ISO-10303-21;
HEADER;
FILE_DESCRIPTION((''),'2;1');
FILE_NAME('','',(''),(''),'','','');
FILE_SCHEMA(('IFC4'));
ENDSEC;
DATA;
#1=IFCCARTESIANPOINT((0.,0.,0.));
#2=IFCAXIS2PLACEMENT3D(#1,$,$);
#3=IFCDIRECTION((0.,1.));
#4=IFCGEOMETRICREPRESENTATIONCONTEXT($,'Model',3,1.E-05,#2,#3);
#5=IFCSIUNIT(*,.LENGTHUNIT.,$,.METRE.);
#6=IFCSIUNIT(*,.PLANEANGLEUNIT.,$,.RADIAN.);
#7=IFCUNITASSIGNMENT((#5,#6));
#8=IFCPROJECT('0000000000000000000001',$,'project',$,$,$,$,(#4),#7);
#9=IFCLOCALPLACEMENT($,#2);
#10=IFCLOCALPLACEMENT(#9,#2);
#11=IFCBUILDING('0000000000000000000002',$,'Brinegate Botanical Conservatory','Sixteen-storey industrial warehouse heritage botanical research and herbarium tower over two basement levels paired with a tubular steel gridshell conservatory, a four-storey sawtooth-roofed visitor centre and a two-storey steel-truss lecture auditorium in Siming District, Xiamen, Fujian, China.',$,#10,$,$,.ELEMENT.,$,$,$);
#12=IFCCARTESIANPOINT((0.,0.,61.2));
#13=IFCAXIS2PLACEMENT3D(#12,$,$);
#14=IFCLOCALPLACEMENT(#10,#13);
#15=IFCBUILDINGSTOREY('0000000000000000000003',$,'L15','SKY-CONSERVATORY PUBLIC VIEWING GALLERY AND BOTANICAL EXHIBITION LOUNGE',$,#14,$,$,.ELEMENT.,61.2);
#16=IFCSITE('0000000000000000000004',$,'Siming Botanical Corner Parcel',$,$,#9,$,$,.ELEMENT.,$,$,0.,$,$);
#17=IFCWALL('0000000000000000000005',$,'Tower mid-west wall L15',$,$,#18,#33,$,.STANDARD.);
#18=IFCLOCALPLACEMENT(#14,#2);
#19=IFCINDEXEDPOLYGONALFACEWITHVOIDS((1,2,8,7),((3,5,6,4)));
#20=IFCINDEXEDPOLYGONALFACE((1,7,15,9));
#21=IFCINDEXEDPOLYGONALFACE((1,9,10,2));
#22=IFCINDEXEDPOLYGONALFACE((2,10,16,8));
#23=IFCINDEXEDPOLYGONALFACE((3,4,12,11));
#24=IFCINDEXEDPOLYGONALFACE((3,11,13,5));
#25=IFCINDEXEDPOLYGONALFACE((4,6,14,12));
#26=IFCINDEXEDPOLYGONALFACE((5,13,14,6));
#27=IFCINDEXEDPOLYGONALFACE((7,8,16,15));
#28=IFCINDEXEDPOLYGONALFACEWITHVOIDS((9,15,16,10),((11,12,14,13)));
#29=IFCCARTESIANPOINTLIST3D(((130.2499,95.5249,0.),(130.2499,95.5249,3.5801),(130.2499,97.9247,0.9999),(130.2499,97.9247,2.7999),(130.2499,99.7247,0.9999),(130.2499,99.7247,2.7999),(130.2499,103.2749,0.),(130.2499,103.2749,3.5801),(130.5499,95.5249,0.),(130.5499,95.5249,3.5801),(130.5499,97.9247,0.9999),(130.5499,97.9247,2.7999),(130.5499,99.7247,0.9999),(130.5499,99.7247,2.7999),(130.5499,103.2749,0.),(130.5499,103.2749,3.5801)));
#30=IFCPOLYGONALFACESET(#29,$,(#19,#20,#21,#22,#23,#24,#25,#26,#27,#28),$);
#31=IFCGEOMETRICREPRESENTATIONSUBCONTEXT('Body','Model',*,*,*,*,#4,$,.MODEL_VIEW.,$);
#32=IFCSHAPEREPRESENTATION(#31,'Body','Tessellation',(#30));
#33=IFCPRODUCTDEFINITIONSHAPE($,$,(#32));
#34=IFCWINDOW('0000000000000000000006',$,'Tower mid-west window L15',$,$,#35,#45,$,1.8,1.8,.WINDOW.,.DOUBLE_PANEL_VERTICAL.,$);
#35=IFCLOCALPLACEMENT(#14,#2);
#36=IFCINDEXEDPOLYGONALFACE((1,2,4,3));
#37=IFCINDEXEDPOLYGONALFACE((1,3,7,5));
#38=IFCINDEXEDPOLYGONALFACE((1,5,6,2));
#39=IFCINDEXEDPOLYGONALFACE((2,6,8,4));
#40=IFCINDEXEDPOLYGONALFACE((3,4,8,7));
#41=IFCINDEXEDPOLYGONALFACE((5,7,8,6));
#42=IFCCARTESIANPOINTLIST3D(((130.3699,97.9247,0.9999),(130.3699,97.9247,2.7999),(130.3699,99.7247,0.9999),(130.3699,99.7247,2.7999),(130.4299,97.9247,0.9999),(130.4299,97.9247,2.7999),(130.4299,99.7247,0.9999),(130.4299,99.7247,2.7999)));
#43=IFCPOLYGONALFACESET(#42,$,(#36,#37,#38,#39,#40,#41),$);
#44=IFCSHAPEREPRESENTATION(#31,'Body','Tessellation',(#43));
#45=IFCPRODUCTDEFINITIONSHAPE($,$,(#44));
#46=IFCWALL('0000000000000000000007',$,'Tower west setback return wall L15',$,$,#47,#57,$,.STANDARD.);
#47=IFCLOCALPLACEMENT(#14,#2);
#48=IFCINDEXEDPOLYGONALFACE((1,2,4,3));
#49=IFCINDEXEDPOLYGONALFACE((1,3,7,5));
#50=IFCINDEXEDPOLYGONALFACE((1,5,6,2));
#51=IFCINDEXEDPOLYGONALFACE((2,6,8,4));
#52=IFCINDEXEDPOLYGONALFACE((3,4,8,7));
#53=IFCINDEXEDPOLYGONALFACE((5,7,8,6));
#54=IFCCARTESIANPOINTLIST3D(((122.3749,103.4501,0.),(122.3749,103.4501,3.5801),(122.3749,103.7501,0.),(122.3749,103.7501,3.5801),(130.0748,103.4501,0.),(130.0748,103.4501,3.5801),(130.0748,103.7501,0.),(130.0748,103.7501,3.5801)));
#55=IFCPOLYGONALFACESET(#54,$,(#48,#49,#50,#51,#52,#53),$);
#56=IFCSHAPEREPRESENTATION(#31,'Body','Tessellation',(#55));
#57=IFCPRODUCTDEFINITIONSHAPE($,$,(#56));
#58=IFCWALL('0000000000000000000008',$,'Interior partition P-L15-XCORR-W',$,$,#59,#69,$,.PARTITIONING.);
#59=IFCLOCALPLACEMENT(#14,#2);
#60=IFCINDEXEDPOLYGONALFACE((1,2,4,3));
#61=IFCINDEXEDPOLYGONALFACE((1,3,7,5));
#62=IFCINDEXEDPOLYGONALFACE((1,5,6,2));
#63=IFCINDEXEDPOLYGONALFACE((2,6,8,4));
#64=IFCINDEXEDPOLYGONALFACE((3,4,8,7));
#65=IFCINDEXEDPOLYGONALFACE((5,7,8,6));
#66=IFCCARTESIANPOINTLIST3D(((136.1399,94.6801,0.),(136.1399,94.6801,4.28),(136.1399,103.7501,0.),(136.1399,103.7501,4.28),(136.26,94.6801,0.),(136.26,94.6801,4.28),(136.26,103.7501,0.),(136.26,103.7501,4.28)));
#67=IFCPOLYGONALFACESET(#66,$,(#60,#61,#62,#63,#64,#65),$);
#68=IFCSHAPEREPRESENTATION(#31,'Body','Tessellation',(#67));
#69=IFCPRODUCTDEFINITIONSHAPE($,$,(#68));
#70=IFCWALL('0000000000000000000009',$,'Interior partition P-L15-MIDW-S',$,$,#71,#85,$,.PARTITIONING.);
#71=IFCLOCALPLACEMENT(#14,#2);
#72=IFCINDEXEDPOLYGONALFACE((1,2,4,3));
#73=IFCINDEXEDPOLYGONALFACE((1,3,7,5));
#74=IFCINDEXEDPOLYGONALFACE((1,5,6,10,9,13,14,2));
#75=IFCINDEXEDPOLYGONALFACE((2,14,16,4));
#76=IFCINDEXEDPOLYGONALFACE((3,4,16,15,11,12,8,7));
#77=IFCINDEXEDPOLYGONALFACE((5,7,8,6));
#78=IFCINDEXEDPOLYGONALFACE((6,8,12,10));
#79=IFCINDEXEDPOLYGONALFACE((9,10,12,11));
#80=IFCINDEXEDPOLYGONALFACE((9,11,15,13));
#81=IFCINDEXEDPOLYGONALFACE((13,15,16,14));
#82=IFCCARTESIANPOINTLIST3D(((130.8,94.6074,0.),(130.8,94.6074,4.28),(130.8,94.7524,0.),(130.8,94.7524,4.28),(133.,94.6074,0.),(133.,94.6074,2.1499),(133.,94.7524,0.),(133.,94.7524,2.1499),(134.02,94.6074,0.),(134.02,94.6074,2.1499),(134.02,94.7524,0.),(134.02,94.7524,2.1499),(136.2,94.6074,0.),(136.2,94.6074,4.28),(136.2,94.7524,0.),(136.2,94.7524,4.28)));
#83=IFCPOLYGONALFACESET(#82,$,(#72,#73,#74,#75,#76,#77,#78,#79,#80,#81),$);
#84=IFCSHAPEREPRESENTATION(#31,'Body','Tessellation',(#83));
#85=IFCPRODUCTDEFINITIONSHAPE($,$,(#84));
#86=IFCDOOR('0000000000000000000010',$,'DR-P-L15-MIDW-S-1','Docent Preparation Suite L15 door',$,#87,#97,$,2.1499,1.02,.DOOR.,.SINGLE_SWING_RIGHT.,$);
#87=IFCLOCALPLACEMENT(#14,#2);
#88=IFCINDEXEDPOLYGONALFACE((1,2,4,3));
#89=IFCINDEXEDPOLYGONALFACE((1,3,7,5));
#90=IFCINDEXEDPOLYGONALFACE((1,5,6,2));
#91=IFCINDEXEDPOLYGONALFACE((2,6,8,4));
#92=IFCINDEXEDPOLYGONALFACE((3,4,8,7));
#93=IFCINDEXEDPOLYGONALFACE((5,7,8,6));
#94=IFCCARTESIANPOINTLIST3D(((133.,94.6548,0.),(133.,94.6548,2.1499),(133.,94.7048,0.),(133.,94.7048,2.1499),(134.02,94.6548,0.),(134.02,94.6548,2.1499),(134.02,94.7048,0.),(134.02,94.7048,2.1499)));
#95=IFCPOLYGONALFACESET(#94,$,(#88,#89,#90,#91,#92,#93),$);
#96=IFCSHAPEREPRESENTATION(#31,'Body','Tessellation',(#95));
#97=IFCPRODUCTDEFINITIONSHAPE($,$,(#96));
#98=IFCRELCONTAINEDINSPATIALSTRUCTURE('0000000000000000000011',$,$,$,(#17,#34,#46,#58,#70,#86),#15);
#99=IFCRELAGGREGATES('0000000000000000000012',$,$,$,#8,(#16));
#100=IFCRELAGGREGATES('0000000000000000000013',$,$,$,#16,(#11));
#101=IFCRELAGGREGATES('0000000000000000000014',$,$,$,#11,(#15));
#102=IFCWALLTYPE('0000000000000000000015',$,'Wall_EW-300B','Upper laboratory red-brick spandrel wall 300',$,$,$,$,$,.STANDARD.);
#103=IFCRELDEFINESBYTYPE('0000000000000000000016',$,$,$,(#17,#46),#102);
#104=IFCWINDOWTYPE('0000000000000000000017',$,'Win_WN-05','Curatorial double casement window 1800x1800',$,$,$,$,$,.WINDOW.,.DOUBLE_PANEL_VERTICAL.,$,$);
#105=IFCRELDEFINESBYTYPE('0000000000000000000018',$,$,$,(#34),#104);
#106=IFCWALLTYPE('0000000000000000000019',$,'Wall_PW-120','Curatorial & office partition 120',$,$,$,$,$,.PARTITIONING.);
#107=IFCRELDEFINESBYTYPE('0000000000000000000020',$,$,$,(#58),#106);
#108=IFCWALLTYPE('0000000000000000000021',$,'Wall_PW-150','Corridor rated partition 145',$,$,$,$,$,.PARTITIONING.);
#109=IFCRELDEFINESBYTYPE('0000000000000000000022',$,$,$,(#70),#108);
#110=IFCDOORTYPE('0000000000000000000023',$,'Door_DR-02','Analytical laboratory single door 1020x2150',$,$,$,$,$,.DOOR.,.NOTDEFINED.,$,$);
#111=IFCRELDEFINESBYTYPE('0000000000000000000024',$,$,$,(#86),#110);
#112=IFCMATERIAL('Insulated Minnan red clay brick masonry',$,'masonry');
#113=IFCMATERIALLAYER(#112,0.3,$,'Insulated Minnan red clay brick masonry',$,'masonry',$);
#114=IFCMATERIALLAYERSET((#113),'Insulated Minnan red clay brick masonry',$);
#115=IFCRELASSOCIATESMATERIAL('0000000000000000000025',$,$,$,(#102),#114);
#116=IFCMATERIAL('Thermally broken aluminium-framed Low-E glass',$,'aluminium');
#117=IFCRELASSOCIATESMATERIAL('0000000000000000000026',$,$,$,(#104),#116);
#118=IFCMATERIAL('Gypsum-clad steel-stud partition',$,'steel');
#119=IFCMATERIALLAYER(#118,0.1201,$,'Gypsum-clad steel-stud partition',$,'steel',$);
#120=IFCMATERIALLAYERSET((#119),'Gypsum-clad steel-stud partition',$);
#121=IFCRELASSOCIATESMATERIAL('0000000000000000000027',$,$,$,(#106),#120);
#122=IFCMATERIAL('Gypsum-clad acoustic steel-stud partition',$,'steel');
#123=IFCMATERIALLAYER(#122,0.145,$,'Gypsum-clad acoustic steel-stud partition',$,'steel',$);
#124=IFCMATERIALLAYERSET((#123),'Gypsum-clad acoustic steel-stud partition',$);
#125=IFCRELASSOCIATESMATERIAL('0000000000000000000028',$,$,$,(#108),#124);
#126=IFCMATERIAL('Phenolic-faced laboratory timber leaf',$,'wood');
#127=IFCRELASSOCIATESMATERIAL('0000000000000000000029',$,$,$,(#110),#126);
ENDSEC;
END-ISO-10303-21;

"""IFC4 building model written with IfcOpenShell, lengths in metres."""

from ifc_helpers import new_model, si_unit, direction, frame, frame_2d, origin, place, context, subcontext, project, spatial, rectangle, extrude, material, layer, layer_set, type_object, element, fill, save


model = new_model("IFC4")

# Units and contexts
model_context = context("Model", 3, precision=1e-05, world=origin(), true_north=direction((0.0, 1.0)))
body_context = subcontext(model_context, "Body", "Model", "MODEL_VIEW")
ifc_project = project(units=[si_unit("LENGTHUNIT", "METRE"), si_unit("PLANEANGLEUNIT", "RADIAN")], contexts=[model_context])

# Site, building, storey
site_placement = place(None, origin())
site = spatial("IfcSite", under=ifc_project, at=site_placement, Name="Siming Botanical Corner Parcel", CompositionType="ELEMENT", RefElevation=0.0)
building_placement = place(site_placement, origin())
building = spatial("IfcBuilding", under=site, at=building_placement, Name="Brinegate Botanical Conservatory", Description="Sixteen-storey industrial warehouse heritage botanical research and herbarium tower over two basement levels paired with a tubular steel gridshell conservatory, a four-storey sawtooth-roofed visitor centre and a two-storey steel-truss lecture auditorium in Siming District, Xiamen, Fujian, China.", CompositionType="ELEMENT")
storey_placement = place(building_placement, frame((0.0, 0.0, 61.2)))
storey = spatial("IfcBuildingStorey", under=building, at=storey_placement, Name="L15", Description="SKY-CONSERVATORY PUBLIC VIEWING GALLERY AND BOTANICAL EXHIBITION LOUNGE", CompositionType="ELEMENT", Elevation=61.2)

# Shared definitions
ifc_material_1 = material(Name="Insulated Minnan red clay brick masonry", Category="masonry")
ifc_layer_1 = layer(ifc_material_1, 0.3, Name="Insulated Minnan red clay brick masonry", Category="masonry")
ifc_layer_set_1 = layer_set([ifc_layer_1], Name="Insulated Minnan red clay brick masonry")
wall_type_1 = type_object("IfcWallType", Name="Wall_EW-300B", Description="Upper laboratory red-brick spandrel wall 300", PredefinedType="STANDARD", material=ifc_layer_set_1)

# Wall, opening, window
wall_1_placement = place(storey_placement, frame((130.3999, 95.5249, 0.0), z_axis=(0.0, 0.0, 1.0), x_axis=(0.0, 1.0, 0.0)))
wall_1 = element("IfcWall", 1, at=wall_1_placement, inside=storey, type_object=wall_type_1, Name="Tower mid-west wall L15", PredefinedType="STANDARD", context=body_context, shape_type="SweptSolid", body=[
    extrude(rectangle(XDim=7.75, YDim=0.3, at=frame_2d((3.875, 0.0))), origin(), (0.0, 0.0, 1.0), 3.5801),
])
opening_1_placement = place(wall_1_placement, frame((2.3999, 0.0, 1.0)))
opening_1 = element("IfcOpeningElement", 2, at=opening_1_placement, cuts=wall_1, PredefinedType="OPENING", context=body_context, shape_type="SweptSolid", body=[
    extrude(rectangle(XDim=1.8, YDim=1.8, at=frame_2d((0.8999, 0.8999))), frame((0.0, 0.1599, 0.0), z_axis=(0.0, -1.0, 0.0), x_axis=(1.0, 0.0, 0.0)), (0.0, 0.0, 1.0), 0.3201),
])
ifc_material_2 = material(Name="Thermally broken aluminium-framed Low-E glass", Category="aluminium")
window_type = type_object("IfcWindowType", Name="Win_WN-05", Description="Curatorial double casement window 1800x1800", PartitioningType="DOUBLE_PANEL_VERTICAL", PredefinedType="WINDOW", material=ifc_material_2)
window_placement = place(opening_1_placement, origin())
window = element("IfcWindow", 3, at=window_placement, inside=storey, type_object=window_type, Name="Tower mid-west window L15", OverallHeight=1.8, OverallWidth=1.8, PartitioningType="DOUBLE_PANEL_VERTICAL", PredefinedType="WINDOW", context=body_context, shape_type="SweptSolid", body=[
    extrude(rectangle(XDim=1.8, YDim=1.8, at=frame_2d((0.8999, 0.8999))), frame((0.0, 0.03, 0.0), z_axis=(0.0, -1.0, 0.0), x_axis=(1.0, 0.0, 0.0)), (0.0, 0.0, 1.0), 0.0601),
])
fill(opening_1, window)

# Walls
wall_2_placement = place(storey_placement, frame((130.075, 103.6001, 0.0), z_axis=(0.0, 0.0, 1.0), x_axis=(-1.0, 0.0, 0.0)))
element("IfcWall", 4, at=wall_2_placement, inside=storey, type_object=wall_type_1, Name="Tower west setback return wall L15", PredefinedType="STANDARD", context=body_context, shape_type="SweptSolid", body=[
    extrude(rectangle(XDim=7.7, YDim=0.3, at=frame_2d((3.8501, 0.0))), origin(), (0.0, 0.0, 1.0), 3.5801),
])
ifc_material_3 = material(Name="Gypsum-clad steel-stud partition", Category="steel")
ifc_layer_2 = layer(ifc_material_3, 0.1201, Name="Gypsum-clad steel-stud partition", Category="steel")
ifc_layer_set_2 = layer_set([ifc_layer_2], Name="Gypsum-clad steel-stud partition")
wall_type_2 = type_object("IfcWallType", Name="Wall_PW-120", Description="Curatorial & office partition 120", PredefinedType="PARTITIONING", material=ifc_layer_set_2)
wall_3_placement = place(storey_placement, frame((136.2, 94.6799, 0.0), z_axis=(0.0, 0.0, 1.0), x_axis=(0.0, 1.0, 0.0)))
element("IfcWall", 5, at=wall_3_placement, inside=storey, type_object=wall_type_2, Name="Interior partition P-L15-XCORR-W", PredefinedType="PARTITIONING", context=body_context, shape_type="SweptSolid", body=[
    extrude(rectangle(XDim=9.0701, YDim=0.1201, at=frame_2d((4.5352, 0.0))), origin(), (0.0, 0.0, 1.0), 4.28),
])

# Wall, opening, door
ifc_material_4 = material(Name="Gypsum-clad acoustic steel-stud partition", Category="steel")
ifc_layer_3 = layer(ifc_material_4, 0.145, Name="Gypsum-clad acoustic steel-stud partition", Category="steel")
ifc_layer_set_3 = layer_set([ifc_layer_3], Name="Gypsum-clad acoustic steel-stud partition")
wall_type_3 = type_object("IfcWallType", Name="Wall_PW-150", Description="Corridor rated partition 145", PredefinedType="PARTITIONING", material=ifc_layer_set_3)
wall_4_placement = place(storey_placement, frame((130.8, 94.6799, 0.0), z_axis=(0.0, 0.0, 1.0), x_axis=(1.0, 0.0, 0.0)))
wall_4 = element("IfcWall", 6, at=wall_4_placement, inside=storey, type_object=wall_type_3, Name="Interior partition P-L15-MIDW-S", PredefinedType="PARTITIONING", context=body_context, shape_type="SweptSolid", body=[
    extrude(rectangle(XDim=5.3999, YDim=0.145, at=frame_2d((2.7, 0.0))), origin(), (0.0, 0.0, 1.0), 4.28),
])
opening_2_placement = place(wall_4_placement, frame((2.2, 0.0, 0.0)))
opening_2 = element("IfcOpeningElement", 7, at=opening_2_placement, cuts=wall_4, PredefinedType="OPENING", context=body_context, shape_type="SweptSolid", body=[
    extrude(rectangle(XDim=1.02, YDim=2.1499, at=frame_2d((0.51, 1.075))), frame((0.0, 0.0825, 0.0), z_axis=(0.0, -1.0, 0.0), x_axis=(1.0, 0.0, 0.0)), (0.0, 0.0, 1.0), 0.165),
])
ifc_material_5 = material(Name="Phenolic-faced laboratory timber leaf", Category="wood")
door_type = type_object("IfcDoorType", Name="Door_DR-02", Description="Analytical laboratory single door 1020x2150", OperationType="NOTDEFINED", PredefinedType="DOOR", material=ifc_material_5)
door_placement = place(opening_2_placement, origin())
door = element("IfcDoor", 8, at=door_placement, inside=storey, type_object=door_type, Name="DR-P-L15-MIDW-S-1", Description="Docent Preparation Suite L15 door", OperationType="SINGLE_SWING_RIGHT", OverallHeight=2.1499, OverallWidth=1.02, PredefinedType="DOOR", context=body_context, shape_type="SweptSolid", body=[
    extrude(rectangle(XDim=1.02, YDim=2.1499, at=frame_2d((0.51, 1.075))), frame((0.0, 0.0249, 0.0), z_axis=(0.0, -1.0, 0.0), x_axis=(1.0, 0.0, 0.0)), (0.0, 0.0, 1.0), 0.05),
])
fill(opening_2, door)

save(model, "model.ifc")
